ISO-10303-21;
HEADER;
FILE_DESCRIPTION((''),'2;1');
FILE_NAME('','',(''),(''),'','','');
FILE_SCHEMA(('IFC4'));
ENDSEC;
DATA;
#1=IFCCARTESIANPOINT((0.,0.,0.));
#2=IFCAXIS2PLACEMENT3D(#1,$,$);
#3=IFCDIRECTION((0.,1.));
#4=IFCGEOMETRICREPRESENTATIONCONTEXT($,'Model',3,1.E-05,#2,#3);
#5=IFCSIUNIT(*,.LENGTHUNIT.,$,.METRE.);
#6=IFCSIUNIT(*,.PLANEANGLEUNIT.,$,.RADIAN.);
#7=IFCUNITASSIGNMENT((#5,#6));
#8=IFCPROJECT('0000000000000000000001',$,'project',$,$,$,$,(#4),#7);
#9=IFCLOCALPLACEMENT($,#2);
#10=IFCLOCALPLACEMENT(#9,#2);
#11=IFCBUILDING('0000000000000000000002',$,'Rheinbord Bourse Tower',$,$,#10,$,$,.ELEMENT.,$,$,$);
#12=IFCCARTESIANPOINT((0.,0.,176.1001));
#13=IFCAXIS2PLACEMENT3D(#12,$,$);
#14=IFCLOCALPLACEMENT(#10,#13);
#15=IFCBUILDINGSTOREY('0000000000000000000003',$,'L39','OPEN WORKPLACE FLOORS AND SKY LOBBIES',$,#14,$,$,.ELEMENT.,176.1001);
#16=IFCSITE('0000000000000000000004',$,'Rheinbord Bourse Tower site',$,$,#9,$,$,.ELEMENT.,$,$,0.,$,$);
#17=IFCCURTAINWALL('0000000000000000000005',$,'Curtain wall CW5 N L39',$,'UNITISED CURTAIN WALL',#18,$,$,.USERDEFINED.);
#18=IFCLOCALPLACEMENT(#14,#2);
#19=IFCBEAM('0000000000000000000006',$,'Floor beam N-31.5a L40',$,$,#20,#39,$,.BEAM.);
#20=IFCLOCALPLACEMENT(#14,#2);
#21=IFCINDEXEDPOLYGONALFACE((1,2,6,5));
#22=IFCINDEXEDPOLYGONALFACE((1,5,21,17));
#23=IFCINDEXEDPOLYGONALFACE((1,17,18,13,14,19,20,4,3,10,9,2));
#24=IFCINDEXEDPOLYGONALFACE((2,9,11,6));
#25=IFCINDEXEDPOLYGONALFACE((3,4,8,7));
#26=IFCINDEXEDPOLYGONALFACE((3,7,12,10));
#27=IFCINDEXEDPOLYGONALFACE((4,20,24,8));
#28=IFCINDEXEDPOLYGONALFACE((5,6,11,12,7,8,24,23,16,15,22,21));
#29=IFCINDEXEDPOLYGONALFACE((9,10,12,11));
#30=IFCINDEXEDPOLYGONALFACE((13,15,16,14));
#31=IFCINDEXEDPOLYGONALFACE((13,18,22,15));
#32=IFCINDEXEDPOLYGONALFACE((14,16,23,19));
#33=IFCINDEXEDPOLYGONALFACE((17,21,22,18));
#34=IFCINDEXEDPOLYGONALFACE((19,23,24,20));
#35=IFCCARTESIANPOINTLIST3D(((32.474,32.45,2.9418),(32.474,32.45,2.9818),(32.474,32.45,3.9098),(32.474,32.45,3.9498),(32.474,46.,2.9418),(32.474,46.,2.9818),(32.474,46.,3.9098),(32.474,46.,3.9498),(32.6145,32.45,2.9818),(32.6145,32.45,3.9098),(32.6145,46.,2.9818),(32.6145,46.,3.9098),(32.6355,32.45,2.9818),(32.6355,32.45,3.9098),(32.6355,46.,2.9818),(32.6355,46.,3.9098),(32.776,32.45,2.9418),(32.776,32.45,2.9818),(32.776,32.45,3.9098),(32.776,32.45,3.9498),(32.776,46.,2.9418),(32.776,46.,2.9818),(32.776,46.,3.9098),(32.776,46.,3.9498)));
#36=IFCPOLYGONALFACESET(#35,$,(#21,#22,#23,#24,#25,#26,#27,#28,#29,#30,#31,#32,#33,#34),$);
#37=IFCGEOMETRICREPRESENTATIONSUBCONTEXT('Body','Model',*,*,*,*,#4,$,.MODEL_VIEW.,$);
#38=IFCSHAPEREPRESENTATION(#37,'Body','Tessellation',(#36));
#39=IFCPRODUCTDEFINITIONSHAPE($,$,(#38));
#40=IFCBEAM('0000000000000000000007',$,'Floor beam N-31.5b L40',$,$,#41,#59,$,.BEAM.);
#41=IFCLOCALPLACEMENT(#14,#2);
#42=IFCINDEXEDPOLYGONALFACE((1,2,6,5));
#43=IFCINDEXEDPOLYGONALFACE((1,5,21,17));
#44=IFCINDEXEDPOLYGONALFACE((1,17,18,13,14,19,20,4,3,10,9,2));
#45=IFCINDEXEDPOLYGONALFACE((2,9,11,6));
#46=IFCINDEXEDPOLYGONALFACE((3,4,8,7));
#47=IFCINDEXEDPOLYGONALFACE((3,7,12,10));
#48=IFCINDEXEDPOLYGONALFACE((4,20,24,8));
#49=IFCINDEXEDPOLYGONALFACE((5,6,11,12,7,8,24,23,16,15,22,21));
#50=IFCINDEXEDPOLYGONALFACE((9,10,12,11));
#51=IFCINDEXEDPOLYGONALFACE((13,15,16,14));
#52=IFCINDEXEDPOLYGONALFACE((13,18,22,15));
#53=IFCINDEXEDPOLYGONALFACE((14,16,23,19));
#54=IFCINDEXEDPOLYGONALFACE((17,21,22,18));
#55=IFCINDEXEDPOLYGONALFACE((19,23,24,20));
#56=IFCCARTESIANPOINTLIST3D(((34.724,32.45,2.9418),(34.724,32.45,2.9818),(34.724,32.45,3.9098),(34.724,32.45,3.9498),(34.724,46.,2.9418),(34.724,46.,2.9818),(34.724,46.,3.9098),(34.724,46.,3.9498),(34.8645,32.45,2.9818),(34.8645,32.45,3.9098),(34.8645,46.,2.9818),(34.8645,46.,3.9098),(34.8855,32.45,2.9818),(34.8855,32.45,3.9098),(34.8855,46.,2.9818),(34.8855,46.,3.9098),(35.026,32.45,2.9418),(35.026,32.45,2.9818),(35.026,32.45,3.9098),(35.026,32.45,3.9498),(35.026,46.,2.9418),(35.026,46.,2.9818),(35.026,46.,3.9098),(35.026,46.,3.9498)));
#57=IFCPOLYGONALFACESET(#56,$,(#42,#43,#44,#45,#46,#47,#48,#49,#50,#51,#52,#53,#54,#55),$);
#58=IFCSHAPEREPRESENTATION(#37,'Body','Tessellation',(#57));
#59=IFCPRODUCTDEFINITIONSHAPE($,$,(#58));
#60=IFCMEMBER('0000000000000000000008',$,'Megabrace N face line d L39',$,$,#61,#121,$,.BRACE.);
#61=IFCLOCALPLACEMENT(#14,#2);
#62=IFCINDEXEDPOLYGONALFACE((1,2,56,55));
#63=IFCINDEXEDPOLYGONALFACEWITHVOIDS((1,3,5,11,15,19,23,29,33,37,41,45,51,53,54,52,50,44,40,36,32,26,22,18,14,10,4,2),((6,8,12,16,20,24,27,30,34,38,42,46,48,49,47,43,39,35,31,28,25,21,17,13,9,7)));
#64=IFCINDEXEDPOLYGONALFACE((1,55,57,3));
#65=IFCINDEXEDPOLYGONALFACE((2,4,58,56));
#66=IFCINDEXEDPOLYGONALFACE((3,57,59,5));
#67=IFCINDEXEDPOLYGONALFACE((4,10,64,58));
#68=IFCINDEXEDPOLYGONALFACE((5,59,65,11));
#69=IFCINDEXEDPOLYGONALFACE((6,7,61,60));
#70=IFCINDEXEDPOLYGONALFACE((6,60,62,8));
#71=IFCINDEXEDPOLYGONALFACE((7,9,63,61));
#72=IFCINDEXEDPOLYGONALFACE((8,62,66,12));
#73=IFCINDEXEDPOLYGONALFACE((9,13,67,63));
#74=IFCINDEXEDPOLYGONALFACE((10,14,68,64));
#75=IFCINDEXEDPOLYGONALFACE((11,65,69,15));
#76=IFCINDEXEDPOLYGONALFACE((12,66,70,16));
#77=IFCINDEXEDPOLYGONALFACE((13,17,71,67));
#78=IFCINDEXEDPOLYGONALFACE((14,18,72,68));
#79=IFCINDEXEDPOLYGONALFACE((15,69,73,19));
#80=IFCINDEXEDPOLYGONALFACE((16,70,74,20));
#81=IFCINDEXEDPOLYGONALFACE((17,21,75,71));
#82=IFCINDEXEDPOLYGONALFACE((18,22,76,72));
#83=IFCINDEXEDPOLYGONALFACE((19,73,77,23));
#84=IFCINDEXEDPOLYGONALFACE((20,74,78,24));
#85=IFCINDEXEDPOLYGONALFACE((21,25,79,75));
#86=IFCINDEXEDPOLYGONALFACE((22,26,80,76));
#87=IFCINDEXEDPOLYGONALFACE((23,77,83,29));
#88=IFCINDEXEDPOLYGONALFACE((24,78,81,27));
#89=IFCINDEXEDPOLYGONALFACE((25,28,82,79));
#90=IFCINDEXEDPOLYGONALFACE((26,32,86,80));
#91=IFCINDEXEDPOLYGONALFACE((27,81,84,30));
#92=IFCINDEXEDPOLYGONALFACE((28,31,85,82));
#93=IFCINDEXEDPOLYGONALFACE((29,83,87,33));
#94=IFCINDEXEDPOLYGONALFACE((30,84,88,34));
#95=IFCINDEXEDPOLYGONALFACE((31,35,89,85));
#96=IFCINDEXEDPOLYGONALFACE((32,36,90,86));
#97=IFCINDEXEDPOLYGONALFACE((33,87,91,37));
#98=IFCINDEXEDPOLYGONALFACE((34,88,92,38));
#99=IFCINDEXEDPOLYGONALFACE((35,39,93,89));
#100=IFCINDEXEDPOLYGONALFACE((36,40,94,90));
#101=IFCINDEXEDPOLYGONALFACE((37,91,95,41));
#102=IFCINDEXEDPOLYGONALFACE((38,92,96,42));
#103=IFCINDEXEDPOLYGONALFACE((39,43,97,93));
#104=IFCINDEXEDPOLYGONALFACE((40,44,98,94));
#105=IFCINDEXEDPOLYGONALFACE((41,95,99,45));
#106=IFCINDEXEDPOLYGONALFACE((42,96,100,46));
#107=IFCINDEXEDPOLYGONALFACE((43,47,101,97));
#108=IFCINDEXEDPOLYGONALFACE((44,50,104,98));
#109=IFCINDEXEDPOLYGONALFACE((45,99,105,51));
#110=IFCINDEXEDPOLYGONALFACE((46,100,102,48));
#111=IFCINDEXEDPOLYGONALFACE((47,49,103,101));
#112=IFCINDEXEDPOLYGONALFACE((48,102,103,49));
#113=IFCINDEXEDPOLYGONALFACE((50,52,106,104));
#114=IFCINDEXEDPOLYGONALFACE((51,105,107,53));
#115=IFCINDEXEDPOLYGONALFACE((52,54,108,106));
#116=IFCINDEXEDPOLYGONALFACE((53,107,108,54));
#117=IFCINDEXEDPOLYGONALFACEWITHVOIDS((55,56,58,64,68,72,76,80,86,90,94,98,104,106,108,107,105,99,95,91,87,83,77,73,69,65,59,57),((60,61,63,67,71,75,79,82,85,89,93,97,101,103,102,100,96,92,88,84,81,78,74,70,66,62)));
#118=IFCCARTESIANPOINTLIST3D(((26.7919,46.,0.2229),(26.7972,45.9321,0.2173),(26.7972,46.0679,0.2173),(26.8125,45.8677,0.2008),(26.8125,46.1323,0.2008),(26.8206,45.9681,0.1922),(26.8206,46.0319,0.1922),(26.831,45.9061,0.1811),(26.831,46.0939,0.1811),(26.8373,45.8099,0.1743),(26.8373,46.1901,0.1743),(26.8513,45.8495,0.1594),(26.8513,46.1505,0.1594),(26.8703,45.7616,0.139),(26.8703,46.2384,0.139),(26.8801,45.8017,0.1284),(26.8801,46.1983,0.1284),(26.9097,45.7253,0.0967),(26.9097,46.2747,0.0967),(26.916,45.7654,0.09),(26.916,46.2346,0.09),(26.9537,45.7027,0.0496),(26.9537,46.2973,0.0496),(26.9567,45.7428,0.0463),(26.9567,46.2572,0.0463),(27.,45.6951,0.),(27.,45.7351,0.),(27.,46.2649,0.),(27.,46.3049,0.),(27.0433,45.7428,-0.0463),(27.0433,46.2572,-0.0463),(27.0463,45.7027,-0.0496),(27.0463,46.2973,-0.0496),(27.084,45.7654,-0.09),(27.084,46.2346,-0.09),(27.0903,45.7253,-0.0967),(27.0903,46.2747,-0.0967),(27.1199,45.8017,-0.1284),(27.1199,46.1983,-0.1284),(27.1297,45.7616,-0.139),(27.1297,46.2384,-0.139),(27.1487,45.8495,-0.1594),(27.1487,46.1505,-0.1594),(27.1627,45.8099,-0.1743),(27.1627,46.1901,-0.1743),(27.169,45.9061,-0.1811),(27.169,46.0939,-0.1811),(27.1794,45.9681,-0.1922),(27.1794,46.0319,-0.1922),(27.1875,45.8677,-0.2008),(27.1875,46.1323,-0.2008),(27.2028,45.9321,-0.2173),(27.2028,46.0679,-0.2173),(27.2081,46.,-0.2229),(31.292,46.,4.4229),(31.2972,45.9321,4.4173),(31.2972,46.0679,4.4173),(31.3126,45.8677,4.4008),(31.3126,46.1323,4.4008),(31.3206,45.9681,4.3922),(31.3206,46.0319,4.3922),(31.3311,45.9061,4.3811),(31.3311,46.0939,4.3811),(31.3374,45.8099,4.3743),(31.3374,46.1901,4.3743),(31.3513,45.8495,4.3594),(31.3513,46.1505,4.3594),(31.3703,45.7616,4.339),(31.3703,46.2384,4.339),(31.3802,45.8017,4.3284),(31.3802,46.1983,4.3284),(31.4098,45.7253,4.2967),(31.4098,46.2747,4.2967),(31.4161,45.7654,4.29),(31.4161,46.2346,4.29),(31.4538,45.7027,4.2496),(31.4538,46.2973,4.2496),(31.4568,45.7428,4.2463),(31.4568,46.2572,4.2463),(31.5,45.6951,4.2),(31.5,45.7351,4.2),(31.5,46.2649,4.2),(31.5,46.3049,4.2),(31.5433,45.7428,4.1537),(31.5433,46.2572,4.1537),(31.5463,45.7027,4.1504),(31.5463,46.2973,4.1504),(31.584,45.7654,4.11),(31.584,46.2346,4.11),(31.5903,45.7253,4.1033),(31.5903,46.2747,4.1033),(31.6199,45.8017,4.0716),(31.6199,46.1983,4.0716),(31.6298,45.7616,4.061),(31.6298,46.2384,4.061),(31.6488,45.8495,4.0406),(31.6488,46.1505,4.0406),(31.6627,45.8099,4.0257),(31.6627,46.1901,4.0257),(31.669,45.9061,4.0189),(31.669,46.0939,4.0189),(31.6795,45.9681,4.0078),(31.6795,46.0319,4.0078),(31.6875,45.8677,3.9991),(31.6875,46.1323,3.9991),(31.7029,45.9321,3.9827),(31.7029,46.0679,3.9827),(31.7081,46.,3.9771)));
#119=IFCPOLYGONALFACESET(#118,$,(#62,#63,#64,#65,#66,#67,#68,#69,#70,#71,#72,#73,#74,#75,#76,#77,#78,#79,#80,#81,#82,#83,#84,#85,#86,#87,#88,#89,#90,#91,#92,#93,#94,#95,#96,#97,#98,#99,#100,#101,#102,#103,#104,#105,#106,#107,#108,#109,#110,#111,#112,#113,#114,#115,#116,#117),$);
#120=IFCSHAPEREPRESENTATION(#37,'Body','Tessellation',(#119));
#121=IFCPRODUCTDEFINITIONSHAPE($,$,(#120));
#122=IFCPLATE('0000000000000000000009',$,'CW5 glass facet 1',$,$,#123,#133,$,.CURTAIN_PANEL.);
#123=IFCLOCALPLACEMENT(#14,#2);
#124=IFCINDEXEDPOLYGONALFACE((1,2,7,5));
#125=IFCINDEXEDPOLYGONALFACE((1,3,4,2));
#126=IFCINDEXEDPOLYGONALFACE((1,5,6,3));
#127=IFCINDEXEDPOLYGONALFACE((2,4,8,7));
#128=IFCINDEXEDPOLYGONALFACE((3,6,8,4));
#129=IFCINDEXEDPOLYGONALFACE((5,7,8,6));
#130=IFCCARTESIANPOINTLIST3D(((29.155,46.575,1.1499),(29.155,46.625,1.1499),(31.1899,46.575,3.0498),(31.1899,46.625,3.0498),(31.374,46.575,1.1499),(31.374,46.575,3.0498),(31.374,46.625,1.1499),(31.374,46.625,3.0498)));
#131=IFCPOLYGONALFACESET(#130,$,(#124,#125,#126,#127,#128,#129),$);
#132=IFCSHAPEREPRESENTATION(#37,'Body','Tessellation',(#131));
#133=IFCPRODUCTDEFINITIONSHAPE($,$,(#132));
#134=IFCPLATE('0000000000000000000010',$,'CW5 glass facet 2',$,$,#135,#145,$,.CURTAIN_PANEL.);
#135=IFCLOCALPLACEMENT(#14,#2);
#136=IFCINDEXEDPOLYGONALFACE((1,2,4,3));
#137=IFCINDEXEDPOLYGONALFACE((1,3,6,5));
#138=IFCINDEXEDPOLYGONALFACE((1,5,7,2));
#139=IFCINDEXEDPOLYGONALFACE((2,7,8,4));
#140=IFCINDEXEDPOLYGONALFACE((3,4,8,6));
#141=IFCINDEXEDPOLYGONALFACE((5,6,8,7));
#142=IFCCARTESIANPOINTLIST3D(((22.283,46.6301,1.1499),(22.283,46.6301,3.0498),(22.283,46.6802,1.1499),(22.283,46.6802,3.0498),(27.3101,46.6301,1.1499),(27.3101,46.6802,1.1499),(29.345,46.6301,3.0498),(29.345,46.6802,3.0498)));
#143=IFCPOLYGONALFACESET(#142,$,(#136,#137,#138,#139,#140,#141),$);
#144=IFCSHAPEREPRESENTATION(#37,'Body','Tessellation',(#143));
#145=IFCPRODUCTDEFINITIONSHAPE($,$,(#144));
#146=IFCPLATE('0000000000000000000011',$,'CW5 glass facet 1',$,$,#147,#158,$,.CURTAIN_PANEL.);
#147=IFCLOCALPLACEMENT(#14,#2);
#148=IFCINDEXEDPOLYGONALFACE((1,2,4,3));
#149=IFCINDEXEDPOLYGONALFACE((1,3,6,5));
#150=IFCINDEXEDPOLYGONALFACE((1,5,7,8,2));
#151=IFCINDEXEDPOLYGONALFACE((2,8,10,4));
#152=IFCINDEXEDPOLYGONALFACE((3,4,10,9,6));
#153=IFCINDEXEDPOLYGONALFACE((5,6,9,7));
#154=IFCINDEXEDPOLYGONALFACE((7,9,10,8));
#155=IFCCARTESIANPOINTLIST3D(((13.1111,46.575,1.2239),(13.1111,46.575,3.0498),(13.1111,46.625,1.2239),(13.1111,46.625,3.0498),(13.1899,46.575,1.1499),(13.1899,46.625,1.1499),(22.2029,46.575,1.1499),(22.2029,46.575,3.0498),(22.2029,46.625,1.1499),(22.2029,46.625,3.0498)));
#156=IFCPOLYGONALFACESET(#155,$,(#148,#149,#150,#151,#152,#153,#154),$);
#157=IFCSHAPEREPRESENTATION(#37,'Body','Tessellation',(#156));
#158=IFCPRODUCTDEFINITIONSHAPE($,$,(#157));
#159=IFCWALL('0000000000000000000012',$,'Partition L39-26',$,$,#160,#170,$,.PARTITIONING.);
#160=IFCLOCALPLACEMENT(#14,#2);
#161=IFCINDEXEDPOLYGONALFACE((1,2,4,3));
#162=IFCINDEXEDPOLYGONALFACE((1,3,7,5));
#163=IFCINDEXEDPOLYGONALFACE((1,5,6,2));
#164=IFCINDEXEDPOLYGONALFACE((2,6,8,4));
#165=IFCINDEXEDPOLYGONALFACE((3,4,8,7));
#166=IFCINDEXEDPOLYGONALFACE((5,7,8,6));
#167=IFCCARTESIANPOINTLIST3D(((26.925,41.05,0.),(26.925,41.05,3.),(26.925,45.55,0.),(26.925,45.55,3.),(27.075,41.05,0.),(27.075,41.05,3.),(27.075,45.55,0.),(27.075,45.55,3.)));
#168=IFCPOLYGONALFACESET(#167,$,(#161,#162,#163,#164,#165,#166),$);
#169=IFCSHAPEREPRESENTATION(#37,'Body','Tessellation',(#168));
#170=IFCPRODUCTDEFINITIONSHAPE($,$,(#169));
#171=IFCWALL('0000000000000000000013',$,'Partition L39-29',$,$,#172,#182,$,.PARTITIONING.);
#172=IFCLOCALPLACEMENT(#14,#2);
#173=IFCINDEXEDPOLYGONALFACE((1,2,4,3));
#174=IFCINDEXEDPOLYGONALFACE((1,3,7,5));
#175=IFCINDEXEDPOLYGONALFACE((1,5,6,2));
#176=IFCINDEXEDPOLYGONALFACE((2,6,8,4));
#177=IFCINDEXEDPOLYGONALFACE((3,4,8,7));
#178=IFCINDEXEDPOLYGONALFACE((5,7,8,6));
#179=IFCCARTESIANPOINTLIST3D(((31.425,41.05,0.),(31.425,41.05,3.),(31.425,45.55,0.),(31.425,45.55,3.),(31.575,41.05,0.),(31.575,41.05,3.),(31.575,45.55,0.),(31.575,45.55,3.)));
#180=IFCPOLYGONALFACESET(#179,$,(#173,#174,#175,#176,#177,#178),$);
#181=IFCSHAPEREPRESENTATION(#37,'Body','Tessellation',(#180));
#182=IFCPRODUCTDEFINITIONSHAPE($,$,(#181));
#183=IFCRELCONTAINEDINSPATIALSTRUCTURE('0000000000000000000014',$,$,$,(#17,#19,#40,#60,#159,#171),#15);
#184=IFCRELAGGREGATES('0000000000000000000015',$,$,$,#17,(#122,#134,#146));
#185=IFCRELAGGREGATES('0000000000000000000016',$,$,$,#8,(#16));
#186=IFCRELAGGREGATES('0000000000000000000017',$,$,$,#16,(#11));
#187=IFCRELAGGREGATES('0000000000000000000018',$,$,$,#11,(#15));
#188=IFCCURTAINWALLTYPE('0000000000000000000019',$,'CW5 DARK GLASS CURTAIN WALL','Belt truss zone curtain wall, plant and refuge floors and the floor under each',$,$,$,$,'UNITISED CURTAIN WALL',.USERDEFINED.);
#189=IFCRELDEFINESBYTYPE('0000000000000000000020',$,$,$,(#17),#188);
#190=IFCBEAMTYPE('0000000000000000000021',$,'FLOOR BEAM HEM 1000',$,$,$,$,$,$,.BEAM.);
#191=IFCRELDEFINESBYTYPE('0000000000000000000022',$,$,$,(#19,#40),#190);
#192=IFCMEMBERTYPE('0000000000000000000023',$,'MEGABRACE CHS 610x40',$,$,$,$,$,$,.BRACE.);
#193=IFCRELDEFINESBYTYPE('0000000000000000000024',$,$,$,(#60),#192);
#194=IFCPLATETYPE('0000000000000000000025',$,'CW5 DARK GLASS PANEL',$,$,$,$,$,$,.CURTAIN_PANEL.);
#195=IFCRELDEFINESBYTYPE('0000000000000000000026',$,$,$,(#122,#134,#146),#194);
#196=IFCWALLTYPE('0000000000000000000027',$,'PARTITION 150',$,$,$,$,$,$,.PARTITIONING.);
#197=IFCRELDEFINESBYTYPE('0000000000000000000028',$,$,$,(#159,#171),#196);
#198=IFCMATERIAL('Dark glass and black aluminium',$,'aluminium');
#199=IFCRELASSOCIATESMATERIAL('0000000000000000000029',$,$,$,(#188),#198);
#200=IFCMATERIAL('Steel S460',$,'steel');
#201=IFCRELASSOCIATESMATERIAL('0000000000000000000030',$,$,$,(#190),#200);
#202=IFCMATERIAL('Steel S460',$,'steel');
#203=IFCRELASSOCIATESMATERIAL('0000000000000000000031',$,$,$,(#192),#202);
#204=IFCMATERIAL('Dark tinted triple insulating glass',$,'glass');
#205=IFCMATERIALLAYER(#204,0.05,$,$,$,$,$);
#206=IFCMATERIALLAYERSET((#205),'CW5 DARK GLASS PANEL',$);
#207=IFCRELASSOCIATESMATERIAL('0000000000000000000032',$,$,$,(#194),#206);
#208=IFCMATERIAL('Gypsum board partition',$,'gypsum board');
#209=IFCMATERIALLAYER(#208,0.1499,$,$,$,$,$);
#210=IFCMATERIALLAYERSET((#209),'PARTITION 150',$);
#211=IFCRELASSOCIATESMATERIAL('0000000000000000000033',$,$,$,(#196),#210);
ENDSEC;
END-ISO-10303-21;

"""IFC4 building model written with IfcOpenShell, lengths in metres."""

from ifc_helpers import new_model, si_unit, direction, frame, frame_2d, origin, origin_2d, place, context, subcontext, project, spatial, polyline, rectangle, hollow_circle, i_section, outline, extrude, material, layer, layer_set, material_profile, profile_set, type_object, element, aggregate, save


model = new_model("IFC4")

# Units and contexts
model_context = context("Model", 3, precision=1e-05, world=origin(), true_north=direction((0.0, 1.0)))
body_context = subcontext(model_context, "Body", "Model", "MODEL_VIEW")
ifc_project = project(units=[si_unit("LENGTHUNIT", "METRE"), si_unit("PLANEANGLEUNIT", "RADIAN")], contexts=[model_context])

# Site, building, storey
site_placement = place(None, origin())
site = spatial("IfcSite", under=ifc_project, at=site_placement, Name="Rheinbord Bourse Tower site", CompositionType="ELEMENT", RefElevation=0.0)
building_placement = place(site_placement, origin())
building = spatial("IfcBuilding", under=site, at=building_placement, Name="Rheinbord Bourse Tower", CompositionType="ELEMENT")
storey_placement = place(building_placement, frame((0.0, 0.0, 176.1001)))
storey = spatial("IfcBuildingStorey", under=building, at=storey_placement, Name="L39", Description="OPEN WORKPLACE FLOORS AND SKY LOBBIES", CompositionType="ELEMENT", Elevation=176.1001)

# Curtain wall
ifc_material_1 = material(Name="Dark glass and black aluminium", Category="aluminium")
curtain_wall_type = type_object("IfcCurtainWallType", Name="CW5 DARK GLASS CURTAIN WALL", Description="Belt truss zone curtain wall, plant and refuge floors and the floor under each", ElementType="UNITISED CURTAIN WALL", PredefinedType="USERDEFINED", material=ifc_material_1)
curtain_wall_placement = place(storey_placement, origin())
curtain_wall = element("IfcCurtainWall", 1, at=curtain_wall_placement, inside=storey, type_object=curtain_wall_type, Name="Curtain wall CW5 N L39", ObjectType="UNITISED CURTAIN WALL", PredefinedType="USERDEFINED")

# Beams
ifc_material_2 = material(Name="Steel S460", Category="steel")
ifc_material_profile_1 = material_profile(ifc_material_2, i_section(OverallWidth=0.302, OverallDepth=1.0081, WebThickness=0.021, FlangeThickness=0.04, at=origin_2d()), Name="HEM 1000")
ifc_profile_set_1 = profile_set([ifc_material_profile_1], Name="Steel S460")
beam_type_1 = type_object("IfcBeamType", Name="FLOOR BEAM HEM 1000", PredefinedType="BEAM", material=ifc_profile_set_1)
for number, where, z_axis, x_axis, name in (
    (2, (32.625, 46.0, 3.4458), (0.0, -1.0, 0.0), (1.0, 0.0, 0.0), "Floor beam N-31.5a L40"),
    (3, (34.875, 46.0, 3.4458), (0.0, -1.0, 0.0), (1.0, 0.0, 0.0), "Floor beam N-31.5b L40"),
):
    element("IfcBeam", number, at=place(storey_placement, frame(where, z_axis=z_axis, x_axis=x_axis)), inside=storey, type_object=beam_type_1, Name=name, PredefinedType="BEAM", context=body_context, shape_type="SweptSolid", body=[
        extrude(i_section(OverallWidth=0.302, OverallDepth=1.0081, WebThickness=0.021, FlangeThickness=0.04, at=origin_2d()), origin(), (0.0, 0.0, 1.0), 13.55),
    ])

# Member
ifc_material_3 = material(Name="Steel S460", Category="steel")
ifc_material_profile_2 = material_profile(ifc_material_3, hollow_circle(Radius=0.3049, WallThickness=0.04, at=origin_2d()), Name="CHS 610x40")
ifc_profile_set_2 = profile_set([ifc_material_profile_2], Name="Steel S460")
member_type_1 = type_object("IfcMemberType", Name="MEGABRACE CHS 610x40", PredefinedType="BRACE", material=ifc_profile_set_2)
member_1_placement = place(storey_placement, frame((27.0, 46.0, 0.0), z_axis=(0.731059, 0.0, 0.682314), x_axis=(0.0, 1.0, 0.0)))
element("IfcMember", 4, at=member_1_placement, inside=storey, type_object=member_type_1, Name="Megabrace N face line d L39", PredefinedType="BRACE", context=body_context, shape_type="SweptSolid", body=[
    extrude(hollow_circle(Radius=0.3049, WallThickness=0.04, at=origin_2d()), origin(), (0.0, 0.0, 1.0), 6.1555),
])

# Plates
ifc_material_4 = material(Name="Dark tinted triple insulating glass", Category="glass")
ifc_layer_1 = layer(ifc_material_4, 0.05)
ifc_layer_set_1 = layer_set([ifc_layer_1], Name="CW5 DARK GLASS PANEL")
plate_type = type_object("IfcPlateType", Name="CW5 DARK GLASS PANEL", PredefinedType="CURTAIN_PANEL", material=ifc_layer_set_1)
plate_1_placement = place(storey_placement, frame((31.374, 46.625, 1.1499), z_axis=(0.0, -1.0, 0.0), x_axis=(0.0, 0.0, 1.0)))
plate_1 = element("IfcPlate", 5, at=plate_1_placement, type_object=plate_type, Name="CW5 glass facet 1", PredefinedType="CURTAIN_PANEL", context=body_context, shape_type="SweptSolid", body=[
    extrude(outline(polyline([(0.0, 0.0), (1.8999, 0.0), (1.8999, 0.1841), (0.0, 2.219), (0.0, 0.0)])), origin(), (0.0, 0.0, 1.0), 0.05),
])
plate_2_placement = place(storey_placement, frame((22.283, 46.6802, 3.0498), z_axis=(0.0, -1.0, 0.0), x_axis=(0.0, 0.0, -1.0)))
plate_2 = element("IfcPlate", 6, at=plate_2_placement, type_object=plate_type, Name="CW5 glass facet 2", PredefinedType="CURTAIN_PANEL", context=body_context, shape_type="SweptSolid", body=[
    extrude(outline(polyline([(0.0, 0.0), (1.8999, 0.0), (1.8999, 5.0271), (0.0, 7.062), (0.0, 0.0)])), origin(), (0.0, 0.0, 1.0), 0.05),
])
plate_3_placement = place(storey_placement, frame((22.2029, 46.625, 1.1499), z_axis=(0.0, -1.0, 0.0), x_axis=(0.0, 0.0, 1.0)))
plate_3 = element("IfcPlate", 7, at=plate_3_placement, type_object=plate_type, Name="CW5 glass facet 1", PredefinedType="CURTAIN_PANEL", context=body_context, shape_type="SweptSolid", body=[
    extrude(outline(polyline([(0.0, 0.0), (1.8999, 0.0), (1.8999, 9.0918), (0.074, 9.0918), (0.0, 9.0129), (0.0, 0.0)])), origin(), (0.0, 0.0, 1.0), 0.05),
])
aggregate(curtain_wall, [plate_1, plate_2, plate_3])

# Walls
ifc_material_5 = material(Name="Gypsum board partition", Category="gypsum board")
ifc_layer_2 = layer(ifc_material_5, 0.1499)
ifc_layer_set_2 = layer_set([ifc_layer_2], Name="PARTITION 150")
wall_type = type_object("IfcWallType", Name="PARTITION 150", PredefinedType="PARTITIONING", material=ifc_layer_set_2)
for number, where, z_axis, x_axis, name in (
    (8, (27.0, 41.05, 0.0), (0.0, 0.0, 1.0), (0.0, 1.0, 0.0), "Partition L39-26"),
    (9, (31.5, 41.05, 0.0), (0.0, 0.0, 1.0), (0.0, 1.0, 0.0), "Partition L39-29"),
):
    element("IfcWall", number, at=place(storey_placement, frame(where, z_axis=z_axis, x_axis=x_axis)), inside=storey, type_object=wall_type, Name=name, PredefinedType="PARTITIONING", context=body_context, shape_type="SweptSolid", body=[
        extrude(rectangle(XDim=4.5, YDim=0.1499, at=frame_2d((2.25, 0.0))), origin(), (0.0, 0.0, 1.0), 3.0),
    ])

save(model, "model.ifc")
